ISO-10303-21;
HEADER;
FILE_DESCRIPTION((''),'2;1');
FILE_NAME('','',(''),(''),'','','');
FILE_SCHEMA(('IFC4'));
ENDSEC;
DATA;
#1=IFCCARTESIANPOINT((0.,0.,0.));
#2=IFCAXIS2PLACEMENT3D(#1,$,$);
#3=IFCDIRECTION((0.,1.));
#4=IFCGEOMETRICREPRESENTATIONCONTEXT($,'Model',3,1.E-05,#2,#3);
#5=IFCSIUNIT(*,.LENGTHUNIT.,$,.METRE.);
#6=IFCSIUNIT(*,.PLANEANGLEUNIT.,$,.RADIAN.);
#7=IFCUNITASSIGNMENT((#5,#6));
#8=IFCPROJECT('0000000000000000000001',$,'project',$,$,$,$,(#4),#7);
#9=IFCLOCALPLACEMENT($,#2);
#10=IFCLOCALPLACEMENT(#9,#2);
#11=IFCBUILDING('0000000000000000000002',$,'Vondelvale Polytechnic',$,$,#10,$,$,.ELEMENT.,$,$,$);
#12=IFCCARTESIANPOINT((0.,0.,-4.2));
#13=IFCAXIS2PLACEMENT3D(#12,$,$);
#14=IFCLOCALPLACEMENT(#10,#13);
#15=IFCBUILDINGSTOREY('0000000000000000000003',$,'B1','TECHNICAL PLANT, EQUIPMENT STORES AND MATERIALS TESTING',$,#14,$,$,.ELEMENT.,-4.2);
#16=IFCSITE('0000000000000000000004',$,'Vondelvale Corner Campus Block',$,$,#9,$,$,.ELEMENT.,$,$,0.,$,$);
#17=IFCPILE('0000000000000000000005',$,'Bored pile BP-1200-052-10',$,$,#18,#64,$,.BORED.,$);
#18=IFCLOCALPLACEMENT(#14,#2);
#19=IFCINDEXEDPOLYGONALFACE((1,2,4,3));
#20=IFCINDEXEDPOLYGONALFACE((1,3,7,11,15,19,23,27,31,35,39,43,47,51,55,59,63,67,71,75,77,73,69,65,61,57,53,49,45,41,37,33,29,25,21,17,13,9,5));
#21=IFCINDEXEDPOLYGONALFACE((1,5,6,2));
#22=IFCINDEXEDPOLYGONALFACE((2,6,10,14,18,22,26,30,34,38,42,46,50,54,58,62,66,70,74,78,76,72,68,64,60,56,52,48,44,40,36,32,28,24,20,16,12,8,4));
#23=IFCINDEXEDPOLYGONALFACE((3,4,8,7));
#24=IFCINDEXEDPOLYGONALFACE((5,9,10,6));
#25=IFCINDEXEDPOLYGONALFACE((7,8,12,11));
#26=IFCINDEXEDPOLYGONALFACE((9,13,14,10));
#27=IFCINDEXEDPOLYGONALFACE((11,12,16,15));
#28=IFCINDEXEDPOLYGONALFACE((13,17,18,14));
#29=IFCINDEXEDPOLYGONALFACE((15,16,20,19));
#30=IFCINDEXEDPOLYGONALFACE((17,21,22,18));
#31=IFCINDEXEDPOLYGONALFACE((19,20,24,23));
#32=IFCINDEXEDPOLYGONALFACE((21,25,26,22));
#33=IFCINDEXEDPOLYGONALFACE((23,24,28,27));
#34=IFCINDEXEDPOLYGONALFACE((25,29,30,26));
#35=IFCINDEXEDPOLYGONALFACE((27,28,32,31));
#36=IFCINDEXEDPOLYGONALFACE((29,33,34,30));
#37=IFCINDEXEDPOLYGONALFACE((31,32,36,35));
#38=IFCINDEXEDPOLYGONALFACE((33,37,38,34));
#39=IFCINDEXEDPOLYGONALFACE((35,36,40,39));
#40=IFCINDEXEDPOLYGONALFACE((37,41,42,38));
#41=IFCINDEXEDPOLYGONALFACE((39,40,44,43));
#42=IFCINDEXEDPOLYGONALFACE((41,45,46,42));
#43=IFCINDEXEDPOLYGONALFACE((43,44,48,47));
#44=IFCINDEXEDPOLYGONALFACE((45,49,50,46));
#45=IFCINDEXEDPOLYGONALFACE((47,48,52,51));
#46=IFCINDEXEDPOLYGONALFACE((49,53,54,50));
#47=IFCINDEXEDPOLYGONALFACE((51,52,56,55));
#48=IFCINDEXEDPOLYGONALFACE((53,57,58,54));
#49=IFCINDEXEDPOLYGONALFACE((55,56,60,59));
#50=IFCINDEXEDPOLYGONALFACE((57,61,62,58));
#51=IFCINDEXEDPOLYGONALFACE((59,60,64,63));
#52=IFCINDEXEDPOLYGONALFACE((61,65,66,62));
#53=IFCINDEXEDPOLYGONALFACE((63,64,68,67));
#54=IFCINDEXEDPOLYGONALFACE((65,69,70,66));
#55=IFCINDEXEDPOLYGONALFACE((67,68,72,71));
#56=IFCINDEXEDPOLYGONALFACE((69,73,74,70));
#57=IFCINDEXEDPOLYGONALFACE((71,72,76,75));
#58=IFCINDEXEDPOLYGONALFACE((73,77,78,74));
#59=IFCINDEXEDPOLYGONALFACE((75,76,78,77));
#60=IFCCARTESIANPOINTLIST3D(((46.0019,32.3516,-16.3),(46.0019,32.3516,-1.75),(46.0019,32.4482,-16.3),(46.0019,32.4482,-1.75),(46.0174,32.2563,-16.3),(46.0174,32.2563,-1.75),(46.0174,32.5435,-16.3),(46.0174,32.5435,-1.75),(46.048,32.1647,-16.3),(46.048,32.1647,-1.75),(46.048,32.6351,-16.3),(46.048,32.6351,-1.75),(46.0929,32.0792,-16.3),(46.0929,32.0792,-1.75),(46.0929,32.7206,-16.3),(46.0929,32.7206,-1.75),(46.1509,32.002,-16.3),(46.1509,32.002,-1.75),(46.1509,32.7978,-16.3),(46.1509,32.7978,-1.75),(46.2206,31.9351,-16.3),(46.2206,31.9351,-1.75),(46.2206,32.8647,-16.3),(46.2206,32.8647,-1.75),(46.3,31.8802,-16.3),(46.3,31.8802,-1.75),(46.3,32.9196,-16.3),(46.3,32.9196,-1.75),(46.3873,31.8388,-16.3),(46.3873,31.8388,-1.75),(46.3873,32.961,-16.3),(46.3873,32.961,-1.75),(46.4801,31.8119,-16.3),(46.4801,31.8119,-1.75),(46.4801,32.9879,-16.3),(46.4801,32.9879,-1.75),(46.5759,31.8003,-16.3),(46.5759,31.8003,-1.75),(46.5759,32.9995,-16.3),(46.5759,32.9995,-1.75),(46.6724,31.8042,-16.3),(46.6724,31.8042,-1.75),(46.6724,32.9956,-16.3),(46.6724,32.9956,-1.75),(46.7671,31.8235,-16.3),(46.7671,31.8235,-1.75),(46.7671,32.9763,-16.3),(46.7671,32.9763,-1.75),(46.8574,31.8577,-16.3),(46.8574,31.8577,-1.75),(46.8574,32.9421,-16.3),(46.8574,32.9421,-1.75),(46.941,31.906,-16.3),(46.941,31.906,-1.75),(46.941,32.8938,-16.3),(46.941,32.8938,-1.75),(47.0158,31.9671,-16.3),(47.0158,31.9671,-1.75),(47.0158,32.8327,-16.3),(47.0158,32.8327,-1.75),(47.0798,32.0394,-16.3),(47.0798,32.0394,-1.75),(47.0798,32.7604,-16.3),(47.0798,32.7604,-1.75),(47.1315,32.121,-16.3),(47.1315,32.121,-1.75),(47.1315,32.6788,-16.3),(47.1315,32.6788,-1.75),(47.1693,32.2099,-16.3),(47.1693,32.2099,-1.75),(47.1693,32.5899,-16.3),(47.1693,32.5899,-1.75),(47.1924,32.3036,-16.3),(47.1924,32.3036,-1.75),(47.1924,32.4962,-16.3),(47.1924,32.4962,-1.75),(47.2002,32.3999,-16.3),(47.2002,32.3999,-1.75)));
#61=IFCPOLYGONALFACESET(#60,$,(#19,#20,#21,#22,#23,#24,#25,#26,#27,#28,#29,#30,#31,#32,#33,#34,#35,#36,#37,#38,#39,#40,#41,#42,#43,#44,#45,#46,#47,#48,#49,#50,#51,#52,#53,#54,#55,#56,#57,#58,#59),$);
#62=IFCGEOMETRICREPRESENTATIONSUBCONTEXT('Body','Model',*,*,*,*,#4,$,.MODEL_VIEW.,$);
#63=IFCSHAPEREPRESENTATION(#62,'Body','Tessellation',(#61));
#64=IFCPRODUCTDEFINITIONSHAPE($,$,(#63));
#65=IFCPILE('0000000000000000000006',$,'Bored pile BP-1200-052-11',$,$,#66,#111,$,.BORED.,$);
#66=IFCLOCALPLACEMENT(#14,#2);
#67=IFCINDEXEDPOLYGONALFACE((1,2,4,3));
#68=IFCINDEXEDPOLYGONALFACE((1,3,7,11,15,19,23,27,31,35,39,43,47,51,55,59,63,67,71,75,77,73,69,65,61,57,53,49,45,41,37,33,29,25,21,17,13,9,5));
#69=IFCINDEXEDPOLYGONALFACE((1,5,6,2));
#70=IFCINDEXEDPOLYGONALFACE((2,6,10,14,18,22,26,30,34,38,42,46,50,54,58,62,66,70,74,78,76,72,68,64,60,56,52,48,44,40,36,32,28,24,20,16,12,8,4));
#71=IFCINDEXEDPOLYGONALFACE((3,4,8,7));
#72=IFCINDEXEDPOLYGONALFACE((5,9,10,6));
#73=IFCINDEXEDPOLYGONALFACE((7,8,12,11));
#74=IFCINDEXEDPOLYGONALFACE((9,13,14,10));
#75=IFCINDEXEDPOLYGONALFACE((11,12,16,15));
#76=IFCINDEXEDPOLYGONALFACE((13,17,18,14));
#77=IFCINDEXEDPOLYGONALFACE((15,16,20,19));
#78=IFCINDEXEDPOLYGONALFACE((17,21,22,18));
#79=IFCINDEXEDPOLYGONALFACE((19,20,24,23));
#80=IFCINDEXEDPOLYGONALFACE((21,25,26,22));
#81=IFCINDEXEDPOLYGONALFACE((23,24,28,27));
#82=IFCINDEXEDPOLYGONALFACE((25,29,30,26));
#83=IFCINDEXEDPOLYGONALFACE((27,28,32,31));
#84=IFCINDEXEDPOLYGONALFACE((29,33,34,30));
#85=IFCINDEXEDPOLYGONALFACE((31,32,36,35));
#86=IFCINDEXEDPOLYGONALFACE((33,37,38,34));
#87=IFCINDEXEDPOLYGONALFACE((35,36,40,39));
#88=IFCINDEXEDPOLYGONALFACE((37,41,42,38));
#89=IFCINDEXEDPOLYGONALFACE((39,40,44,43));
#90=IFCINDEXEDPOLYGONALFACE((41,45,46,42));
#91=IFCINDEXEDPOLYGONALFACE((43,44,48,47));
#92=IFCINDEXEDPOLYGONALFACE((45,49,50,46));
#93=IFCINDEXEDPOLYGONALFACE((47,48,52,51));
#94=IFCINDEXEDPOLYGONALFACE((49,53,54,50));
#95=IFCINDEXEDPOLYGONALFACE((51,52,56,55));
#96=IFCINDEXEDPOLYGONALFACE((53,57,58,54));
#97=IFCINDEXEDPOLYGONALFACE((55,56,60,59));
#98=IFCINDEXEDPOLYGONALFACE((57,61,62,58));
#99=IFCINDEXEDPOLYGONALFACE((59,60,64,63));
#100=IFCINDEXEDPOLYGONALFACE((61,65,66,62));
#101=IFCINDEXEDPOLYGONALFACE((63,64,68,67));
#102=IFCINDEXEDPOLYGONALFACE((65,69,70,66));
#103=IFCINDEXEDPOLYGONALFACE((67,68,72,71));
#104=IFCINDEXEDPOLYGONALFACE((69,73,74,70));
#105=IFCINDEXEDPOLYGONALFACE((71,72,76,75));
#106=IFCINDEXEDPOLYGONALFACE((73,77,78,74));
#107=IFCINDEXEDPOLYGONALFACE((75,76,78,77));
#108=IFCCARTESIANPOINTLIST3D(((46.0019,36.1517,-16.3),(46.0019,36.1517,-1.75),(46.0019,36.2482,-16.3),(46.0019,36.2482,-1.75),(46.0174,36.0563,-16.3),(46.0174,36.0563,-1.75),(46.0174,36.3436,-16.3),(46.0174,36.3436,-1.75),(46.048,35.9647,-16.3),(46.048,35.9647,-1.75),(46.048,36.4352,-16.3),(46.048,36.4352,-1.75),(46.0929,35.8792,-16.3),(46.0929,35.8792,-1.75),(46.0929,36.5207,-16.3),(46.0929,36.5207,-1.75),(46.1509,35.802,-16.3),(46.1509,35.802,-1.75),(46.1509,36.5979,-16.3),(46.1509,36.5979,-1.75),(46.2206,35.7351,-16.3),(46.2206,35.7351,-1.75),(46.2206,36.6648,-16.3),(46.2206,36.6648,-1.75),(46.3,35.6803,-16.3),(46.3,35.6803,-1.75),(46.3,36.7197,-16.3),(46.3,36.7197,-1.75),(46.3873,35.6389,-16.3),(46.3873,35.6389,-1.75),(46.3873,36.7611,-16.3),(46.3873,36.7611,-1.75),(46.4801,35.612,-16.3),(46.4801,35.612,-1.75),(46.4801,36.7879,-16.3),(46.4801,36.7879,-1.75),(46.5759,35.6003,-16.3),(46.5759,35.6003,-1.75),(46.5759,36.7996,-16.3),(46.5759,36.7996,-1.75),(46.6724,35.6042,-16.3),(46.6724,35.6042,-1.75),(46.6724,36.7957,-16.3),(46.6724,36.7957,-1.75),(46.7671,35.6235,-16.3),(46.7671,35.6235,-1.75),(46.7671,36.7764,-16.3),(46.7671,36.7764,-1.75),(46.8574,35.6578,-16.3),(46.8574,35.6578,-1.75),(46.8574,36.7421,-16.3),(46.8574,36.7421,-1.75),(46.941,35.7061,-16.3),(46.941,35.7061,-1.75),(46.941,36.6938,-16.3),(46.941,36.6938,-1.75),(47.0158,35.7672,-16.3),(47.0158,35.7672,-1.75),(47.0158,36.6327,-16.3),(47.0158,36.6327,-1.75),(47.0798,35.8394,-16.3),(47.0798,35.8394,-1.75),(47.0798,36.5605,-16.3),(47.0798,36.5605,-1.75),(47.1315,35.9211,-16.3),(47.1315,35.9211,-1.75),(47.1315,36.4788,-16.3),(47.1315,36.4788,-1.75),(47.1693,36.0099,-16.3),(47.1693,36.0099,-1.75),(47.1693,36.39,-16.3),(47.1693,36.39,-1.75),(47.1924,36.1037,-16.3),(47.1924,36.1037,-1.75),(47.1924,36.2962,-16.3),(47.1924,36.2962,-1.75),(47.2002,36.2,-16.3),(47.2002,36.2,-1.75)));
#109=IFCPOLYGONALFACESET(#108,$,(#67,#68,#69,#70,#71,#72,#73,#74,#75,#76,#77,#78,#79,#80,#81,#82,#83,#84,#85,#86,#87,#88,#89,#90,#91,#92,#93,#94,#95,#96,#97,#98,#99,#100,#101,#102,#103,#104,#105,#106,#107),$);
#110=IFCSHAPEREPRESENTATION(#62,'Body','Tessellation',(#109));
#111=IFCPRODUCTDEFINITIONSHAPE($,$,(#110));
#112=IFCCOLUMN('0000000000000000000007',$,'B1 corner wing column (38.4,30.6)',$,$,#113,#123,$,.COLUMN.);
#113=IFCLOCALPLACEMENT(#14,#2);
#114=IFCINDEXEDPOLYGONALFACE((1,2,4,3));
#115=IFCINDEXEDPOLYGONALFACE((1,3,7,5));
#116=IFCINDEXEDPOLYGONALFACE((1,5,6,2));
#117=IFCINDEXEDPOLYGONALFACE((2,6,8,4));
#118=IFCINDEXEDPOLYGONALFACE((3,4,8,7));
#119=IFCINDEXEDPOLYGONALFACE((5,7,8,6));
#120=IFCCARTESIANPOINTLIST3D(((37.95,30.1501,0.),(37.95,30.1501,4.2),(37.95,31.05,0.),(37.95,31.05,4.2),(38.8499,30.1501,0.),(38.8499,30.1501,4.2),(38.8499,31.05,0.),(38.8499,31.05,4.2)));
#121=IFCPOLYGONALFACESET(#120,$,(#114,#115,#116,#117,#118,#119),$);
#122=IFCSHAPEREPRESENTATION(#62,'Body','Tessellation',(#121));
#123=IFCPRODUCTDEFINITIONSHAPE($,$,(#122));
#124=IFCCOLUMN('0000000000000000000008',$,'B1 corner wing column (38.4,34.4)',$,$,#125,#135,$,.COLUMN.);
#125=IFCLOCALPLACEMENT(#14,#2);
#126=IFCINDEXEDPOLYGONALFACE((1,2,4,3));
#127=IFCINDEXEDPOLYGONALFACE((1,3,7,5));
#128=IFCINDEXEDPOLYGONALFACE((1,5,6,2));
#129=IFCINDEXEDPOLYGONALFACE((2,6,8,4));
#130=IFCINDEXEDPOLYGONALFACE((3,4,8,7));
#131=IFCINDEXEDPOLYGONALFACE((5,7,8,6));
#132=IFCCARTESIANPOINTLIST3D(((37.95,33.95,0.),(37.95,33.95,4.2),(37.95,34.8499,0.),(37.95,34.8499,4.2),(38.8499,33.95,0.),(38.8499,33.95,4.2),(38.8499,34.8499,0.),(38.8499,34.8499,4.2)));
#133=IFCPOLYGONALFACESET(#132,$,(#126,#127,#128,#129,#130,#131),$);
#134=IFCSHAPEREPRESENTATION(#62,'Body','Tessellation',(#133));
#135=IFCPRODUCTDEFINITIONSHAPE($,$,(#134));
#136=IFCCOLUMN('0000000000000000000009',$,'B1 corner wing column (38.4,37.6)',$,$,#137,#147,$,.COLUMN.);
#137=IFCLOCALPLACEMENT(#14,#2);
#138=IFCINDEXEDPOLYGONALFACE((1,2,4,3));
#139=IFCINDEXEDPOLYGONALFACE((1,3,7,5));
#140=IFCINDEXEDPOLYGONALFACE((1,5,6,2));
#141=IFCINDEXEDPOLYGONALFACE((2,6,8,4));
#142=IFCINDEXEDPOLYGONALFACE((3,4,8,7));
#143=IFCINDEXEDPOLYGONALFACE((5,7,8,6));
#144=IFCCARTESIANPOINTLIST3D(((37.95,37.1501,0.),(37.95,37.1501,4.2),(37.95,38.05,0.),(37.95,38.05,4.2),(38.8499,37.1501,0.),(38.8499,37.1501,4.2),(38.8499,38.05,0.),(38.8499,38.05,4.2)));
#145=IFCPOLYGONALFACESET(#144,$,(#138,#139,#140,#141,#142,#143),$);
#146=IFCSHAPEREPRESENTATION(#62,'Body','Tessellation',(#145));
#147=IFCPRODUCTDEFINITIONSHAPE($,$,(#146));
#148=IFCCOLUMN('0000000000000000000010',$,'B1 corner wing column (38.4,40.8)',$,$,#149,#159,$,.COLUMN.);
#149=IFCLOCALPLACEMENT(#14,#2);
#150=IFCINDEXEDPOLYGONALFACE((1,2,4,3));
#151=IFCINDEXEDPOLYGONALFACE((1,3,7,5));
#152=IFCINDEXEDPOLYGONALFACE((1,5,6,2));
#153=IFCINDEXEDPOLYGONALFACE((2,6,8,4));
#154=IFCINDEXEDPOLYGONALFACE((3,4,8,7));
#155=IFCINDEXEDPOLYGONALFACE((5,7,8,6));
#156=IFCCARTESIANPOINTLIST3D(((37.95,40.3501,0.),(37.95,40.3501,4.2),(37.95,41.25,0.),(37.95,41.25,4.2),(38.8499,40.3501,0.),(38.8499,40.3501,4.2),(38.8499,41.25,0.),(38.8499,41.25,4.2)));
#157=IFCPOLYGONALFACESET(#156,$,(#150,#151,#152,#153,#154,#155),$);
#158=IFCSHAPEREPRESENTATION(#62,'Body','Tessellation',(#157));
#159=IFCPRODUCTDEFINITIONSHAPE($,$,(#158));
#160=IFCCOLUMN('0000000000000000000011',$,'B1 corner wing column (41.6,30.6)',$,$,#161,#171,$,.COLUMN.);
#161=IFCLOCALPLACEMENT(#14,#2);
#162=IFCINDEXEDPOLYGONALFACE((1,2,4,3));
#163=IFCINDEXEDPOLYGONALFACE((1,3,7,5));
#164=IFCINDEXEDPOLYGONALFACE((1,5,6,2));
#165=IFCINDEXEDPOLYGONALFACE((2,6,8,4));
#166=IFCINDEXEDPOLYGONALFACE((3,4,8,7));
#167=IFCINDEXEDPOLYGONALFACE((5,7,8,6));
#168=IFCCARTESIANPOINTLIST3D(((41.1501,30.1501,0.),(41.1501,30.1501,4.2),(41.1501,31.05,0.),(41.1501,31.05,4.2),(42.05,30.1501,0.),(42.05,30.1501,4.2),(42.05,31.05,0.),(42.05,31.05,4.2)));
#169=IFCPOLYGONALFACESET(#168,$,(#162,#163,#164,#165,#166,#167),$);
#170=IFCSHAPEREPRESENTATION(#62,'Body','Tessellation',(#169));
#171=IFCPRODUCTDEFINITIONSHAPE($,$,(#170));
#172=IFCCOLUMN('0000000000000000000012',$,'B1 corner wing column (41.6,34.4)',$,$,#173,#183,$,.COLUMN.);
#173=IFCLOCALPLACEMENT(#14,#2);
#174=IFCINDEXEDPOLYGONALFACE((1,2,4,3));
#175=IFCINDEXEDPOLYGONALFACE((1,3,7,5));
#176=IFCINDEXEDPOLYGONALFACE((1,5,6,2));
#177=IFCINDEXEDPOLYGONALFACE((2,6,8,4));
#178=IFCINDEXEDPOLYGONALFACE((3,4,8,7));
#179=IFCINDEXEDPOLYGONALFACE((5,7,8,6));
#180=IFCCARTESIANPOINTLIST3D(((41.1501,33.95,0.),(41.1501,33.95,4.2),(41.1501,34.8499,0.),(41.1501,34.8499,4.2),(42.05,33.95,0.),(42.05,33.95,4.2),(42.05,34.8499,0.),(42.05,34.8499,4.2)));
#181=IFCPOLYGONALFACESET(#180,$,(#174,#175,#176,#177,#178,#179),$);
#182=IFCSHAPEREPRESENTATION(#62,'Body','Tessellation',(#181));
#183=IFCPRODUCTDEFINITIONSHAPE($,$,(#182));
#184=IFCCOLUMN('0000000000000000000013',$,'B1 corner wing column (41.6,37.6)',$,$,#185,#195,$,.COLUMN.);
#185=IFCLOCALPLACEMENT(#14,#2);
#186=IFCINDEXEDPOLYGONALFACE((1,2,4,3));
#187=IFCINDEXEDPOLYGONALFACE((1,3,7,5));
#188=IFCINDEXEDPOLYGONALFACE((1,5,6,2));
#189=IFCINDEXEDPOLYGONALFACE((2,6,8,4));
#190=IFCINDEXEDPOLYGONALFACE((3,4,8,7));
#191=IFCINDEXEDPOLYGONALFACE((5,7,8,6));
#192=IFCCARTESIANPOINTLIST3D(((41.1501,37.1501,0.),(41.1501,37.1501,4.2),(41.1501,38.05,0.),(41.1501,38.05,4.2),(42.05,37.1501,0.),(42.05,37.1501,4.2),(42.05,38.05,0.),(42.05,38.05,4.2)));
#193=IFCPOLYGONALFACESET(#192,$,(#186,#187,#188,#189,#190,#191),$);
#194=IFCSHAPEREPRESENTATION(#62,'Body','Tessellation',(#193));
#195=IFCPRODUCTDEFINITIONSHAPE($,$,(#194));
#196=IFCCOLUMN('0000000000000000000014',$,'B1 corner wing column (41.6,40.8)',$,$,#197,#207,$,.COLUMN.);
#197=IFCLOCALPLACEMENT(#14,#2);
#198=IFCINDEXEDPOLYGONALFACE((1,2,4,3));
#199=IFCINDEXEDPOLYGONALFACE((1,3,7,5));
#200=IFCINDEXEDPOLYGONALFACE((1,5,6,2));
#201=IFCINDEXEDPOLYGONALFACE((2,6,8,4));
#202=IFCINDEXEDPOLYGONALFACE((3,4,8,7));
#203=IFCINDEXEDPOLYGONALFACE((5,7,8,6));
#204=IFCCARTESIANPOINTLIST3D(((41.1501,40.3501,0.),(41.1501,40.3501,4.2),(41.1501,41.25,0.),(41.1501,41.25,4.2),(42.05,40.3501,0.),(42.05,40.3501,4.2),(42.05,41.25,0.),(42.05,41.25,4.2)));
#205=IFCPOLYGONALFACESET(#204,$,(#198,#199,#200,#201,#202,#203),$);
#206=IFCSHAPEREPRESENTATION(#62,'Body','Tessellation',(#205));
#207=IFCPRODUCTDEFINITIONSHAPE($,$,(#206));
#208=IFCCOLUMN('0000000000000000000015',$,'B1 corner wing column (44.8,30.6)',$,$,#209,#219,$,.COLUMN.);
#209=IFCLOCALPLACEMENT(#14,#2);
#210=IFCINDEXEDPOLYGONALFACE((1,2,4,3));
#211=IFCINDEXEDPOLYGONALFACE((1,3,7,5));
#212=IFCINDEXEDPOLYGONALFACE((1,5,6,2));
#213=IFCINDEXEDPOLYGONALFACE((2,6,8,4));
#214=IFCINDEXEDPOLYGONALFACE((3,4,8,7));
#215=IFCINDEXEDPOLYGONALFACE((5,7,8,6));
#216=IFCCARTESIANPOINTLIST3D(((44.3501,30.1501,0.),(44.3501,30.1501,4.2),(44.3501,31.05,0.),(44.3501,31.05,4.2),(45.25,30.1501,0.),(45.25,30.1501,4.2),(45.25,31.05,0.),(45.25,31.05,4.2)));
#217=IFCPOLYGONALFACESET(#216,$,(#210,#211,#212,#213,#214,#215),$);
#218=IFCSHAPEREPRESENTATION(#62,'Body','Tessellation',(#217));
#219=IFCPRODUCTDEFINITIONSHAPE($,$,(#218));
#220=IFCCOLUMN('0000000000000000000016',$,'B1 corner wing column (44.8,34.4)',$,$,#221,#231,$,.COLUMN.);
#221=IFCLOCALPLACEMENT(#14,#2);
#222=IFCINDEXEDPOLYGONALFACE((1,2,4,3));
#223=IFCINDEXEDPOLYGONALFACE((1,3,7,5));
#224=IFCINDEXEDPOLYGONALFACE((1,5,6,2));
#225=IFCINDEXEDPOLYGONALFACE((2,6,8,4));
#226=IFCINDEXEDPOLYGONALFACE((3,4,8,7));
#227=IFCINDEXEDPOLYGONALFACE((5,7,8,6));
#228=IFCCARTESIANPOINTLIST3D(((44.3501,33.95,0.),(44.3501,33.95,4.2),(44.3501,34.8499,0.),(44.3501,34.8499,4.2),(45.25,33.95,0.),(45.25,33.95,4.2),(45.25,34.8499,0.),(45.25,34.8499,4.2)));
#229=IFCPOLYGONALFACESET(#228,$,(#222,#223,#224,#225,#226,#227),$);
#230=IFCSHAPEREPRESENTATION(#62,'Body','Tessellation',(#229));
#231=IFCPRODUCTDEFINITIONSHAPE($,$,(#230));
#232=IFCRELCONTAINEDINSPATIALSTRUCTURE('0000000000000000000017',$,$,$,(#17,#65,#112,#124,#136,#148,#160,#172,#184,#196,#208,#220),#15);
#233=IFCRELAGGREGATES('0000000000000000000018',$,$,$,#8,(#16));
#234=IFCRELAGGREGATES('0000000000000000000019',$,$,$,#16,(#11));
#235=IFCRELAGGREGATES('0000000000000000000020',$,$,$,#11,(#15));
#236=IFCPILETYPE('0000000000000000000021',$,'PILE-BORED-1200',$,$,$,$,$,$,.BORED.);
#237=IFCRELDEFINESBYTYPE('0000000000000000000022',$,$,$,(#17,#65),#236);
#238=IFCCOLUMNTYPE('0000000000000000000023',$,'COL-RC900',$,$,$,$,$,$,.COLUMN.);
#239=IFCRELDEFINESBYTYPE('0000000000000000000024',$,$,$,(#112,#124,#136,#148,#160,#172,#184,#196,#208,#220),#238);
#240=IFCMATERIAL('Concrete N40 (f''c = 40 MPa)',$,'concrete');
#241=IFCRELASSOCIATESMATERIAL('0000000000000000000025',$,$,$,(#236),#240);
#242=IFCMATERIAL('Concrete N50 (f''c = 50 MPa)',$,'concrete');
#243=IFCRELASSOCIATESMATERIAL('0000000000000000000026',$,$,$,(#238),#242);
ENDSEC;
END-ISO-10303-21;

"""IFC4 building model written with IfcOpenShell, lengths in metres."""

from ifc_helpers import new_model, si_unit, direction, frame, origin, origin_2d, place, context, subcontext, project, spatial, rectangle, circle, extrude, material, material_profile, profile_set, type_object, element, save


model = new_model("IFC4")

# Units and contexts
model_context = context("Model", 3, precision=1e-05, world=origin(), true_north=direction((0.0, 1.0)))
body_context = subcontext(model_context, "Body", "Model", "MODEL_VIEW")
ifc_project = project(units=[si_unit("LENGTHUNIT", "METRE"), si_unit("PLANEANGLEUNIT", "RADIAN")], contexts=[model_context])

# Site, building, storey
site_placement = place(None, origin())
site = spatial("IfcSite", under=ifc_project, at=site_placement, Name="Vondelvale Corner Campus Block", CompositionType="ELEMENT", RefElevation=0.0)
building_placement = place(site_placement, origin())
building = spatial("IfcBuilding", under=site, at=building_placement, Name="Vondelvale Polytechnic", CompositionType="ELEMENT")
storey_placement = place(building_placement, frame((0.0, 0.0, -4.2)))
storey = spatial("IfcBuildingStorey", under=building, at=storey_placement, Name="B1", Description="TECHNICAL PLANT, EQUIPMENT STORES AND MATERIALS TESTING", CompositionType="ELEMENT", Elevation=-4.2)

# Shared definitions
ifc_material_1 = material(Name="Concrete N40 (f'c = 40 MPa)", Category="concrete")

# Piles
ifc_material_profile_1 = material_profile(ifc_material_1, circle(Radius=0.6001, at=origin_2d()), Name="PILE-D1200")
ifc_profile_set_1 = profile_set([ifc_material_profile_1], Name="Concrete N40 (f'c = 40 MPa)")
pile_type = type_object("IfcPileType", Name="PILE-BORED-1200", PredefinedType="BORED", material=ifc_profile_set_1)
for number, where, z_axis, x_axis, name in (
    (1, (46.6001, 32.3999, -1.75), (0.0, 0.0, -1.0), (1.0, 0.0, 0.0), "Bored pile BP-1200-052-10"),
    (2, (46.6001, 36.2, -1.75), (0.0, 0.0, -1.0), (1.0, 0.0, 0.0), "Bored pile BP-1200-052-11"),
):
    element("IfcPile", number, at=place(storey_placement, frame(where, z_axis=z_axis, x_axis=x_axis)), inside=storey, type_object=pile_type, Name=name, PredefinedType="BORED", context=body_context, shape_type="SweptSolid", body=[
        extrude(circle(Radius=0.6001, at=origin_2d()), origin(), (0.0, 0.0, 1.0), 14.55),
    ])

# Columns
ifc_material_2 = material(Name="Concrete N50 (f'c = 50 MPa)", Category="concrete")
ifc_material_profile_2 = material_profile(ifc_material_2, rectangle(XDim=0.8999, YDim=0.8999, at=origin_2d()), Name="RC-COL-900x900")
ifc_profile_set_2 = profile_set([ifc_material_profile_2], Name="Concrete N50 (f'c = 50 MPa)")
column_type = type_object("IfcColumnType", Name="COL-RC900", PredefinedType="COLUMN", material=ifc_profile_set_2)
for number, where, z_axis, x_axis, name in (
    (3, (38.3999, 30.6001, 0.0), (0.0, 0.0, 1.0), (1.0, 0.0, 0.0), "B1 corner wing column (38.4,30.6)"),
    (4, (38.3999, 34.3999, 0.0), (0.0, 0.0, 1.0), (1.0, 0.0, 0.0), "B1 corner wing column (38.4,34.4)"),
    (5, (38.3999, 37.6001, 0.0), (0.0, 0.0, 1.0), (1.0, 0.0, 0.0), "B1 corner wing column (38.4,37.6)"),
    (6, (38.3999, 40.8, 0.0), (0.0, 0.0, 1.0), (1.0, 0.0, 0.0), "B1 corner wing column (38.4,40.8)"),
    (7, (41.6001, 30.6001, 0.0), (0.0, 0.0, 1.0), (1.0, 0.0, 0.0), "B1 corner wing column (41.6,30.6)"),
    (8, (41.6001, 34.3999, 0.0), (0.0, 0.0, 1.0), (1.0, 0.0, 0.0), "B1 corner wing column (41.6,34.4)"),
    (9, (41.6001, 37.6001, 0.0), (0.0, 0.0, 1.0), (1.0, 0.0, 0.0), "B1 corner wing column (41.6,37.6)"),
    (10, (41.6001, 40.8, 0.0), (0.0, 0.0, 1.0), (1.0, 0.0, 0.0), "B1 corner wing column (41.6,40.8)"),
    (11, (44.8, 30.6001, 0.0), (0.0, 0.0, 1.0), (1.0, 0.0, 0.0), "B1 corner wing column (44.8,30.6)"),
    (12, (44.8, 34.3999, 0.0), (0.0, 0.0, 1.0), (1.0, 0.0, 0.0), "B1 corner wing column (44.8,34.4)"),
):
    element("IfcColumn", number, at=place(storey_placement, frame(where, z_axis=z_axis, x_axis=x_axis)), inside=storey, type_object=column_type, Name=name, PredefinedType="COLUMN", context=body_context, shape_type="SweptSolid", body=[
        extrude(rectangle(XDim=0.8999, YDim=0.8999, at=origin_2d()), origin(), (0.0, 0.0, 1.0), 4.2),
    ])

save(model, "model.ifc")
